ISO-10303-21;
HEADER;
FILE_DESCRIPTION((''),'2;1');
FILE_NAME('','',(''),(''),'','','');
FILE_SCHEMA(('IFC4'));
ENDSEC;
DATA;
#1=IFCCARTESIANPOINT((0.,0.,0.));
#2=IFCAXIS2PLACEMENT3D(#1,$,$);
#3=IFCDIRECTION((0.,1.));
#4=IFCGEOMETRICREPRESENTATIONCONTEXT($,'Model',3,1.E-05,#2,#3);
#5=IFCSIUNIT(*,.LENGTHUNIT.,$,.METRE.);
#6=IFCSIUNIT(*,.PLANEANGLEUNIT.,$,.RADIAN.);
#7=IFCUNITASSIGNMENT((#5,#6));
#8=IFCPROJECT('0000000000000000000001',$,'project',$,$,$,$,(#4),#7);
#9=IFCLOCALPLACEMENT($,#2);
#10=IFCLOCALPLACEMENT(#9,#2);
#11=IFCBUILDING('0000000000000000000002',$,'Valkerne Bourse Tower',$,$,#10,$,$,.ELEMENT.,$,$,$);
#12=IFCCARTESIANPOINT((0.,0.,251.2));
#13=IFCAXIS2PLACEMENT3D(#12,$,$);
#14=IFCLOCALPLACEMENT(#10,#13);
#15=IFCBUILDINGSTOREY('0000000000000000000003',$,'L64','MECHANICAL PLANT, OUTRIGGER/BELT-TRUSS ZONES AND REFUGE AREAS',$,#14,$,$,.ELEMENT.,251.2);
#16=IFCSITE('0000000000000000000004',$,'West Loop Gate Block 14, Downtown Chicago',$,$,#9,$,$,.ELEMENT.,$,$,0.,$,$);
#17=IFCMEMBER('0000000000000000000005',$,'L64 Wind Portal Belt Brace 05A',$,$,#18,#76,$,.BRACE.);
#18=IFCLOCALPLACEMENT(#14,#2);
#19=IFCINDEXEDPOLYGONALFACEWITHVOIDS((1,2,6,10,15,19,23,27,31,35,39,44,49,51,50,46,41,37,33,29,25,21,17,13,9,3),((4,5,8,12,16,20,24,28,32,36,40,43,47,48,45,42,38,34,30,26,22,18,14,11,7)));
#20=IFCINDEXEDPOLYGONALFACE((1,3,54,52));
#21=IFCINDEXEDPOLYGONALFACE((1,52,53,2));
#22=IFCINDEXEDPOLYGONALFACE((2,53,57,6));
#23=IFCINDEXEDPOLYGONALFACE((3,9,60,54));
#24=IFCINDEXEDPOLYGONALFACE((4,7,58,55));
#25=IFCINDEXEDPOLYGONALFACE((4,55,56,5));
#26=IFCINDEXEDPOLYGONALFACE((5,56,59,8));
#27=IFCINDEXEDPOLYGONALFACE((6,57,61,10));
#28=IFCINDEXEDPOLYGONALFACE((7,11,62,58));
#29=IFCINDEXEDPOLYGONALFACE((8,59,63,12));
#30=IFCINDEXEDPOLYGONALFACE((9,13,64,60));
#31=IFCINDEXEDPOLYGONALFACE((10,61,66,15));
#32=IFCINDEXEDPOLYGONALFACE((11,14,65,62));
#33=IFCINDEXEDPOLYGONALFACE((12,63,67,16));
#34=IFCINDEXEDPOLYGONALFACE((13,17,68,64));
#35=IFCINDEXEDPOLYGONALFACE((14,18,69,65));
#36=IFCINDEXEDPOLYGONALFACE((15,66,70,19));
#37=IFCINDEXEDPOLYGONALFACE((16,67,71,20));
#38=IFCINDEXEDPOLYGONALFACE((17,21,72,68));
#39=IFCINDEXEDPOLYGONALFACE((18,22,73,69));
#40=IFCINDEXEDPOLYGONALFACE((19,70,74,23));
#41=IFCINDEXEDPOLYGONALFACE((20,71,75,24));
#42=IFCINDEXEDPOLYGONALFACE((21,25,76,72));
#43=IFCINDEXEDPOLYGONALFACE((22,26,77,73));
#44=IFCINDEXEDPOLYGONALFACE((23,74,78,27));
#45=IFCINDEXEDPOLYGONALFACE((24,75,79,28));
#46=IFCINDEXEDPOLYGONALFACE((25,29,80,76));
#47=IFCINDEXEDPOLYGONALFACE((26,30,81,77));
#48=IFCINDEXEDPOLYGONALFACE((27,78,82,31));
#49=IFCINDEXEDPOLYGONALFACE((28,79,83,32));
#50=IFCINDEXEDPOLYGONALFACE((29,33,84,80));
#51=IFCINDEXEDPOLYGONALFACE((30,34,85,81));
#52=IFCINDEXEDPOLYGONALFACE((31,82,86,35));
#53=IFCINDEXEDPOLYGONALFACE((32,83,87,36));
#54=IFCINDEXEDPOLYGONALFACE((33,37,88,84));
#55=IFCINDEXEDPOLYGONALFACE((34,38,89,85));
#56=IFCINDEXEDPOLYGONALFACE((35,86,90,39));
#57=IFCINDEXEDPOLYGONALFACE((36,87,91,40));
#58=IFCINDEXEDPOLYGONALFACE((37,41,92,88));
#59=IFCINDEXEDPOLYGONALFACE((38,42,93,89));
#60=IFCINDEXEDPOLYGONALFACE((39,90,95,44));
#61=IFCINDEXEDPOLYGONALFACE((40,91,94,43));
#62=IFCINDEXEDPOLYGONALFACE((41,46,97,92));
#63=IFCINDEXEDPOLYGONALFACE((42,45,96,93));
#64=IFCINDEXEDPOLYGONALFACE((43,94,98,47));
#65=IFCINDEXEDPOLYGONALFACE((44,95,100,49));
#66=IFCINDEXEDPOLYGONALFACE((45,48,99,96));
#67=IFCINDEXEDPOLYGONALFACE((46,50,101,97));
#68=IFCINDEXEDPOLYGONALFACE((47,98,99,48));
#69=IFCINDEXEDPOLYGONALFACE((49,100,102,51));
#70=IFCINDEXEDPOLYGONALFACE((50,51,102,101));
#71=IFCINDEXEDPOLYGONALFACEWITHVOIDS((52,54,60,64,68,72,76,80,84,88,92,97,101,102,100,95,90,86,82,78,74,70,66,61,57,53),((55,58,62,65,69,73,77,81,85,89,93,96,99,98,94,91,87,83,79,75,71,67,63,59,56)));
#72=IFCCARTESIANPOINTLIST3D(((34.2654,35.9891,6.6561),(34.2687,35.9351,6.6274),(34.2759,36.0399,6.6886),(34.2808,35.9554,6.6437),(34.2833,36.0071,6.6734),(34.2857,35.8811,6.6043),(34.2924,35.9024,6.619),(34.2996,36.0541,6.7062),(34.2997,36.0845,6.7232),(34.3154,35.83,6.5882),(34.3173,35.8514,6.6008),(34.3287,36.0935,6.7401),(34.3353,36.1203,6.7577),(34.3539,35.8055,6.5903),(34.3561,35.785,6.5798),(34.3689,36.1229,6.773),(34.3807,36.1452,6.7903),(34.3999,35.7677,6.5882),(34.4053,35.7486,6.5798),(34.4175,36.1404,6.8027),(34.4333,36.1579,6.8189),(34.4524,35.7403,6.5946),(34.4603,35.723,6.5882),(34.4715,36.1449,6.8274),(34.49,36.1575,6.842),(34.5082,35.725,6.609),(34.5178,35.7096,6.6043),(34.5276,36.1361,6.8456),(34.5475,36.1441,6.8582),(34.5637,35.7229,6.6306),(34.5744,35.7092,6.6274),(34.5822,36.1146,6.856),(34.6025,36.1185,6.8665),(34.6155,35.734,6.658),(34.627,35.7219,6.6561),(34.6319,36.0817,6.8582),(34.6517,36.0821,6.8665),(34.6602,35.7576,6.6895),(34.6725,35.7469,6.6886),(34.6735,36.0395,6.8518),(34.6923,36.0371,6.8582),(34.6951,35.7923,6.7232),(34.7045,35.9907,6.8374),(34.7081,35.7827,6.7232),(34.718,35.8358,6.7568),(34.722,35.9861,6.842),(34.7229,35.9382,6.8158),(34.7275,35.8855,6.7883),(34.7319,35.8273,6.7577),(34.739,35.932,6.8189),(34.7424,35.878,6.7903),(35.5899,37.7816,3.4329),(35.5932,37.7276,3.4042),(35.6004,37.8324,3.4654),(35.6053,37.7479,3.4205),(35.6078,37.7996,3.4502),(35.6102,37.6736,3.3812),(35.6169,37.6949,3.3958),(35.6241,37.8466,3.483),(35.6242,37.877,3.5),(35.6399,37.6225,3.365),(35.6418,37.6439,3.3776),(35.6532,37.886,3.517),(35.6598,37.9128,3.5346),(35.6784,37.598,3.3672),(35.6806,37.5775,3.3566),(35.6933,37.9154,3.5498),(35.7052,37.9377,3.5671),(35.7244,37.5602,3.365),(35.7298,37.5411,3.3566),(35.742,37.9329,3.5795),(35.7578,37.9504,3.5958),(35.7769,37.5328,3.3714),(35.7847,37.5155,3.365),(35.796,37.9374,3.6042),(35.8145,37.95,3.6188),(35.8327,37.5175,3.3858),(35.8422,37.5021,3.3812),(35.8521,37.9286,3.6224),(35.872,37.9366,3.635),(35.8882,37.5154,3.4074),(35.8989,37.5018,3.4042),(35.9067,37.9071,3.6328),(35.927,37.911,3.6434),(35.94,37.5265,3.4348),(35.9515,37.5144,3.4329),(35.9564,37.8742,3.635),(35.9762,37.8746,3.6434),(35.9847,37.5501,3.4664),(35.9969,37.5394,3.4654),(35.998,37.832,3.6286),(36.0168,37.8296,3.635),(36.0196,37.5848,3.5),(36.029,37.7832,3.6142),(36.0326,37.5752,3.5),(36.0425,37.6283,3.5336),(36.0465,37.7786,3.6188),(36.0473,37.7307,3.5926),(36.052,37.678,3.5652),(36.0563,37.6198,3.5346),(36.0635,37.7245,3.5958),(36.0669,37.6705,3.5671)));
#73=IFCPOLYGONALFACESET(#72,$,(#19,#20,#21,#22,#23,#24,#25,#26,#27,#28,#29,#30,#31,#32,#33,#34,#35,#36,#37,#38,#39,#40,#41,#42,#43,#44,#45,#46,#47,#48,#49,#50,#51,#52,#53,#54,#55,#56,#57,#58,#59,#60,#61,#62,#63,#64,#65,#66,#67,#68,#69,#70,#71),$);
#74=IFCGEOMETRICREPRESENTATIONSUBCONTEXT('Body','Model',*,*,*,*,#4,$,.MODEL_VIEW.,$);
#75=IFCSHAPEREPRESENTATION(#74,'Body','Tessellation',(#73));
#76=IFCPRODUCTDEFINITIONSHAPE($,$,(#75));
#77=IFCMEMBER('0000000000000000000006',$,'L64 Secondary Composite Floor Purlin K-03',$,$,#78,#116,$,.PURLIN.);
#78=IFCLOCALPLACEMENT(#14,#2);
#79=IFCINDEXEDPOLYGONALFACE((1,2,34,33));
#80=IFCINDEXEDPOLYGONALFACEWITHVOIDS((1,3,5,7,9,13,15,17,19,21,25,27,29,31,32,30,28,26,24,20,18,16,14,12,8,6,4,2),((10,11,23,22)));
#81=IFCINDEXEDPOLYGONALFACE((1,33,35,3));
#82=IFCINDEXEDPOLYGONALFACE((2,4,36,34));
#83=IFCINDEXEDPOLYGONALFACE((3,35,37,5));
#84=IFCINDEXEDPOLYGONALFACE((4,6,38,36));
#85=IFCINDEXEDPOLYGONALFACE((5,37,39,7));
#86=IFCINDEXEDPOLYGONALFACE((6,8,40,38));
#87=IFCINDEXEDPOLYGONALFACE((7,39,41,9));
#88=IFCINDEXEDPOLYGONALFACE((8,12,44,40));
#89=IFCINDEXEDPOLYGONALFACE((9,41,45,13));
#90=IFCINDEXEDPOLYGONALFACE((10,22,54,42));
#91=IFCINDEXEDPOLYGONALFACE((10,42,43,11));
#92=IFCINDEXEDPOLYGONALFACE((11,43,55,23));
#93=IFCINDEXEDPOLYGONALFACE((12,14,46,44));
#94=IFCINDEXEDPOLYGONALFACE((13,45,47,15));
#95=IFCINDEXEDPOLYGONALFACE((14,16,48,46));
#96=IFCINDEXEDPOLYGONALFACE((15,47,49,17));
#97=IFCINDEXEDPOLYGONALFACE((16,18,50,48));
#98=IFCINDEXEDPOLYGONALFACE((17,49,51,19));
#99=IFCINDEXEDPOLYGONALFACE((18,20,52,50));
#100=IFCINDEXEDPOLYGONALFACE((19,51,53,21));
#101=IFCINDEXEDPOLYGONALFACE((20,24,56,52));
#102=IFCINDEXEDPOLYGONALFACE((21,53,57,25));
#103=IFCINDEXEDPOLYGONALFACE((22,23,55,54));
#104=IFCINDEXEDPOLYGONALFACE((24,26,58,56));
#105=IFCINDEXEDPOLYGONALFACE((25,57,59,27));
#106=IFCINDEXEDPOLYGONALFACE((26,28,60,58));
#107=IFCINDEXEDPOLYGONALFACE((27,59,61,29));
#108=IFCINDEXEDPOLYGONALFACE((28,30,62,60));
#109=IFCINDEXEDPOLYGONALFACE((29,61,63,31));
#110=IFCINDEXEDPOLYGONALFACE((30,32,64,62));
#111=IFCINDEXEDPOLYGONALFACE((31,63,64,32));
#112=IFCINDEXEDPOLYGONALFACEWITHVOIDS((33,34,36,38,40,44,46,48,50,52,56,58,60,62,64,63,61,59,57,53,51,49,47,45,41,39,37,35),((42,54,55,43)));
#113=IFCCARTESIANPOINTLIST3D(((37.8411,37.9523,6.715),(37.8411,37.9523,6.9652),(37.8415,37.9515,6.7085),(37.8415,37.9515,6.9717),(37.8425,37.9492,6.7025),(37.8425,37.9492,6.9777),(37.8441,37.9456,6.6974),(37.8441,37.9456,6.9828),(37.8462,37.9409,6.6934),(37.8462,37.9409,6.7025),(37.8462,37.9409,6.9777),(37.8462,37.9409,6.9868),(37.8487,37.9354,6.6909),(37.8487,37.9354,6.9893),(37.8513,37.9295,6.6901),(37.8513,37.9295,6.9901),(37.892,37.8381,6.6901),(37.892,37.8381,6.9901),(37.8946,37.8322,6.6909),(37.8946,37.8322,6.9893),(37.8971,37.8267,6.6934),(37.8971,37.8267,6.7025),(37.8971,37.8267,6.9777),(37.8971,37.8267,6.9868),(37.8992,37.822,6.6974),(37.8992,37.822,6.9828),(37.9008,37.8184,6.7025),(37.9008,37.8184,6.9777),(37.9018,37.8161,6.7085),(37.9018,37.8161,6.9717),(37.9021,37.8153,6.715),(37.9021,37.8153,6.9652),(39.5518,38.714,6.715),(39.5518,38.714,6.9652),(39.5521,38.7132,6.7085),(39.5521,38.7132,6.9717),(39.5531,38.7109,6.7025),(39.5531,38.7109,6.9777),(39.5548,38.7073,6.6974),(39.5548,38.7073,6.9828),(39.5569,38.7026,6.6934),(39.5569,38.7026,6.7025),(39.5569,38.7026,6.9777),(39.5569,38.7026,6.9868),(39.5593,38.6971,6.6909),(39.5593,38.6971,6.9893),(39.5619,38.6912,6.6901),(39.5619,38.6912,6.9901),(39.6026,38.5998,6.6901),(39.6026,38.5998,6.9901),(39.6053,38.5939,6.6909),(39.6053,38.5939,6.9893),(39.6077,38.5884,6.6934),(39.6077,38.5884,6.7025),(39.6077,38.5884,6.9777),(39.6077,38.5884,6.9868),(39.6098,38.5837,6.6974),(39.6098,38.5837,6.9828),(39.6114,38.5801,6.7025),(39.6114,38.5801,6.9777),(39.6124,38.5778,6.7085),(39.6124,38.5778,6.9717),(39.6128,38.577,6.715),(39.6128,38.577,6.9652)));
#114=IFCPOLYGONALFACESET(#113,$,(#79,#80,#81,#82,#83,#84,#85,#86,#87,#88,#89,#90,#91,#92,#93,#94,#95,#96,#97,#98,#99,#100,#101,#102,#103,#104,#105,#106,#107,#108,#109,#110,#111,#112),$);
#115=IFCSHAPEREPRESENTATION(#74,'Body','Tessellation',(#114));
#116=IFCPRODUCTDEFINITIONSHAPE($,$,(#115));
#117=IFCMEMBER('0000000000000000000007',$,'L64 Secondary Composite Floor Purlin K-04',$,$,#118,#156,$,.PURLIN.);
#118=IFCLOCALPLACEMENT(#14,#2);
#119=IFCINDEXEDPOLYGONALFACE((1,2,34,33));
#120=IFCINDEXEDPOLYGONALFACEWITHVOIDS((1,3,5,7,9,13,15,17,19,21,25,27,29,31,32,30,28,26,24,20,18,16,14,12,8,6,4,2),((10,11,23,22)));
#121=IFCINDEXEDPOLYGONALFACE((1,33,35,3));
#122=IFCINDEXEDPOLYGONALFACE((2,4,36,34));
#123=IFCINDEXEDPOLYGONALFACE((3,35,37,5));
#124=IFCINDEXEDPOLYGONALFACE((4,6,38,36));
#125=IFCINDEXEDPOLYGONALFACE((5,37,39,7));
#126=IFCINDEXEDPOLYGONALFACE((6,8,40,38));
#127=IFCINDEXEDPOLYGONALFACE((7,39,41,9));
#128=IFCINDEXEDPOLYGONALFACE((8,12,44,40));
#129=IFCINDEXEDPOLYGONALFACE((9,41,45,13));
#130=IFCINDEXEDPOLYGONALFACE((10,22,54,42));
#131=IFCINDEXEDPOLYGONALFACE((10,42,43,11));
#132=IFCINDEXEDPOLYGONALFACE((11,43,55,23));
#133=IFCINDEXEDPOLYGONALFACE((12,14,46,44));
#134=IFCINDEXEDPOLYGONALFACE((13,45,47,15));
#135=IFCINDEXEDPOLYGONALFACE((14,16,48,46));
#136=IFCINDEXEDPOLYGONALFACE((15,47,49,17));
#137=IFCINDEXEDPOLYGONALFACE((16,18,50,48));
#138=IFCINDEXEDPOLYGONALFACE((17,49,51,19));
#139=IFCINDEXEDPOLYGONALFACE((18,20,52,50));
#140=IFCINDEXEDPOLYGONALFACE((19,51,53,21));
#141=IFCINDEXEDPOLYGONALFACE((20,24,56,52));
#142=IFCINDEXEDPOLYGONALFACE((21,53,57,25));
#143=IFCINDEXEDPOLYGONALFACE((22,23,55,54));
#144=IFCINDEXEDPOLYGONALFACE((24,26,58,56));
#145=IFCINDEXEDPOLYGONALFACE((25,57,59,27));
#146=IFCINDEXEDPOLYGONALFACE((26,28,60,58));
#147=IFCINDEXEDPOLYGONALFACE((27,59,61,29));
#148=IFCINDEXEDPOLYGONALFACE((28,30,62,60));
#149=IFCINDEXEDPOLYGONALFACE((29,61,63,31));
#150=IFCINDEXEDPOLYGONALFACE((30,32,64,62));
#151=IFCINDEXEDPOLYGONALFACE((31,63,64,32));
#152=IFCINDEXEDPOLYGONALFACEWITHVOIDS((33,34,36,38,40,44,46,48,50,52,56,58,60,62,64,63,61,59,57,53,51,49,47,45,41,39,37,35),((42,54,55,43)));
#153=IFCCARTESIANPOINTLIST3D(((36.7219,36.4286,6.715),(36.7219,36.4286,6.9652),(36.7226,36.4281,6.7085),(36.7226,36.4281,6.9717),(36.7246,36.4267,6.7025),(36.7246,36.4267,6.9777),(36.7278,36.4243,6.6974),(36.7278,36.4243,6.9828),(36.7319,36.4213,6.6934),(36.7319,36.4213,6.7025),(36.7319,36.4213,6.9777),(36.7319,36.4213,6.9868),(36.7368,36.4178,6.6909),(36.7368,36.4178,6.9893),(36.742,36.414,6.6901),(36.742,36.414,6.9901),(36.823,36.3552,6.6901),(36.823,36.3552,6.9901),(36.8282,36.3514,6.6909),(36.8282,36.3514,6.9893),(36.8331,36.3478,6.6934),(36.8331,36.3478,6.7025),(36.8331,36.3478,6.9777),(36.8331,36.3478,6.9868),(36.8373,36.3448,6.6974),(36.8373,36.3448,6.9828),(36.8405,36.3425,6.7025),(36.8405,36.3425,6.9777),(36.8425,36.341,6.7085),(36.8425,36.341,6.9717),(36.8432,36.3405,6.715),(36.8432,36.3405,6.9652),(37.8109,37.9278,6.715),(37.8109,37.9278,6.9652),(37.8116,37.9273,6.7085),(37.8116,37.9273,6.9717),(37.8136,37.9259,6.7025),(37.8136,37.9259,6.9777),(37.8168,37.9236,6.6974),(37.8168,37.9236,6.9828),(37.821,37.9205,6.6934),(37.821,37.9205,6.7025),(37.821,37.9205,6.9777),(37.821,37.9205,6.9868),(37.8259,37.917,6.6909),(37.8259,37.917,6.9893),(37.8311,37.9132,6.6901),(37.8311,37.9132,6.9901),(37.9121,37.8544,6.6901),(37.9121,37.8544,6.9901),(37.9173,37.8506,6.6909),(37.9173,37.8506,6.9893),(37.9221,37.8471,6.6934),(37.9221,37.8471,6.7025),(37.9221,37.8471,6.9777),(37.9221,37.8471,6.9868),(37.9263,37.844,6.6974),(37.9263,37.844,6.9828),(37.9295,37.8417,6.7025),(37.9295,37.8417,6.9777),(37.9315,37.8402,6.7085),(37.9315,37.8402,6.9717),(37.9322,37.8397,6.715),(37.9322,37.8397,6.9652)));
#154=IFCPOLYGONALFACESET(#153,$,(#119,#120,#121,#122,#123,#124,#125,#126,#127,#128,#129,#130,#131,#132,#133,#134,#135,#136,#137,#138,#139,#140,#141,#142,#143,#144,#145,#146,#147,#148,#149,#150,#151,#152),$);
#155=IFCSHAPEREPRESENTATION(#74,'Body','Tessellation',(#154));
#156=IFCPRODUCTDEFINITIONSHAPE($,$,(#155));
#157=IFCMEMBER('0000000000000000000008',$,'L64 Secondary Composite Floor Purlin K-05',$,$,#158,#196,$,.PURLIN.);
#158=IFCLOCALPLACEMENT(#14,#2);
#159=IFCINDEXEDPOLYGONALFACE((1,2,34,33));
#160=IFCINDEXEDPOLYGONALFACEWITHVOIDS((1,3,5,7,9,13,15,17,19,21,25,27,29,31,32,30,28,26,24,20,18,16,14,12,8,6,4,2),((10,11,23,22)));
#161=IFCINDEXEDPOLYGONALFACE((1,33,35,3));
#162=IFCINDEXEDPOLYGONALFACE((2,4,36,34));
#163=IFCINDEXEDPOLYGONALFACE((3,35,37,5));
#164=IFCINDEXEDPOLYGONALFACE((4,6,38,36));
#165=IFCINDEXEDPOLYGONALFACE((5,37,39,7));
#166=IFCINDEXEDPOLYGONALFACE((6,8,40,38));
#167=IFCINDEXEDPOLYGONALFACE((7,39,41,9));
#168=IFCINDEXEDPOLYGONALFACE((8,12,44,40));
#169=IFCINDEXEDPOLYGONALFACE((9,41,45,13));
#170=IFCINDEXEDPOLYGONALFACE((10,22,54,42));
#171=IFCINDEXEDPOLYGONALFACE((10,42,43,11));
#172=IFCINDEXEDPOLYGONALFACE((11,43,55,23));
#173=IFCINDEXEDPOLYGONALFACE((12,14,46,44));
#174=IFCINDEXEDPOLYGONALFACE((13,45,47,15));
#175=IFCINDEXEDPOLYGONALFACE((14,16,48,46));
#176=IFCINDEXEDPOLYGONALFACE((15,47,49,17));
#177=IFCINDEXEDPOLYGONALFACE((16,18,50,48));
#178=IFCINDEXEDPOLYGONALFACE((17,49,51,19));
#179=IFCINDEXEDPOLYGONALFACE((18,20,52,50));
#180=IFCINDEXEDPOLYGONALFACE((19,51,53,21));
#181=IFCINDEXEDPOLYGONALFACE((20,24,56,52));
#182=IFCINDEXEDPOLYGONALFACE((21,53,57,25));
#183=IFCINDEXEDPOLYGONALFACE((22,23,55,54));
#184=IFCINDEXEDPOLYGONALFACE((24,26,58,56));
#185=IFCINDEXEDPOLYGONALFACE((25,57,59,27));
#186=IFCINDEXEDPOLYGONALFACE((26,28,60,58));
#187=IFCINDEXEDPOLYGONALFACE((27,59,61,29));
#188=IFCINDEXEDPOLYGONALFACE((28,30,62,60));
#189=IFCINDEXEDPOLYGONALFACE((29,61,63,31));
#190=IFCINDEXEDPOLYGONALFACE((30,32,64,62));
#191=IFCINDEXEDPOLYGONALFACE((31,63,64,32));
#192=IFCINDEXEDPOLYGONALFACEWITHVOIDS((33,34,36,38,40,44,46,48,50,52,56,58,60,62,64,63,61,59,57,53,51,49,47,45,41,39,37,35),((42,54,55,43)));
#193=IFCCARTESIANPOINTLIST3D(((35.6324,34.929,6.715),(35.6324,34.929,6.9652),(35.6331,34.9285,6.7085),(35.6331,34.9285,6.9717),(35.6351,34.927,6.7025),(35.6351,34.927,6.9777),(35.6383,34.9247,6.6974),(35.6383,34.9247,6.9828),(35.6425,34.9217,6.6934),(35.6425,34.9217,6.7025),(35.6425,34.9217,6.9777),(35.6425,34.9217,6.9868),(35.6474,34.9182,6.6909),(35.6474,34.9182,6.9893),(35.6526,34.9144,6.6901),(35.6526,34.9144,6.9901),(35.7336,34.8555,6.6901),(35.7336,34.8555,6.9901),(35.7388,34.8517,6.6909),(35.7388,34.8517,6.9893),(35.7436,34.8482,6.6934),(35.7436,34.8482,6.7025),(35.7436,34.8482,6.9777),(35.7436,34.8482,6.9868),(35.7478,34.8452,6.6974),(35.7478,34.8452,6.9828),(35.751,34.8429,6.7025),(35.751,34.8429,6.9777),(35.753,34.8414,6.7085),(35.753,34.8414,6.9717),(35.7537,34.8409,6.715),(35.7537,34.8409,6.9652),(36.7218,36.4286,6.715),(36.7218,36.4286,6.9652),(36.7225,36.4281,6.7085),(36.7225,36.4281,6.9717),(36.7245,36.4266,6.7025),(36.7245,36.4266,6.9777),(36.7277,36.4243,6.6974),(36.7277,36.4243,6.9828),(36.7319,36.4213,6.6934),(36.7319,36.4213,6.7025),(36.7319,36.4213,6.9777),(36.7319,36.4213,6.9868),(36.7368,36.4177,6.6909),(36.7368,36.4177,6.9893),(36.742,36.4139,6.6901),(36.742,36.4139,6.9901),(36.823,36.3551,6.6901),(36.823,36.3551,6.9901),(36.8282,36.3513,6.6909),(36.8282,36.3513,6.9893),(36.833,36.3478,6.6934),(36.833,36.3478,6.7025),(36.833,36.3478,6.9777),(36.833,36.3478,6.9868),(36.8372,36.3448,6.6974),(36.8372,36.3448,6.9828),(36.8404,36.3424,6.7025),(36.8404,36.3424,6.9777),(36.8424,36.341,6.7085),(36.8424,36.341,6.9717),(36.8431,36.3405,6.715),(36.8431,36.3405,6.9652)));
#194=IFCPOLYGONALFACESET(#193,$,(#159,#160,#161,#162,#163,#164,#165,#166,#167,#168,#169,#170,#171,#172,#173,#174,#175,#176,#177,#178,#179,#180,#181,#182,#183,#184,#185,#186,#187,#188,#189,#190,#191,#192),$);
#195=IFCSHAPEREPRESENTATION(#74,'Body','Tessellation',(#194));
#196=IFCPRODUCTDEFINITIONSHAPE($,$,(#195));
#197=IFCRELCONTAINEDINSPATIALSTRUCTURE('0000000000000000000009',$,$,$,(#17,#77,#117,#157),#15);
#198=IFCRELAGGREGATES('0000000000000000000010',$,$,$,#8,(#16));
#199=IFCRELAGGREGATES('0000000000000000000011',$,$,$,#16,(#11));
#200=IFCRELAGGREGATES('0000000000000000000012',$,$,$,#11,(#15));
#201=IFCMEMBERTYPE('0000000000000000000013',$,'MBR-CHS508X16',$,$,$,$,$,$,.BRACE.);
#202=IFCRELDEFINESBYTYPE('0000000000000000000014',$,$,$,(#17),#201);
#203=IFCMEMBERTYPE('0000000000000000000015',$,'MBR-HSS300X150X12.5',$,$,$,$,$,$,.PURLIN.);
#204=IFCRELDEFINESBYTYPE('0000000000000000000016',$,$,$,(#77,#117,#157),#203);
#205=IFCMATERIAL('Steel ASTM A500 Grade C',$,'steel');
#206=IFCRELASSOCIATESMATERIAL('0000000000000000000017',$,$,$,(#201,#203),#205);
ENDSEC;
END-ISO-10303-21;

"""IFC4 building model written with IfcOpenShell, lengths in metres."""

from ifc_helpers import new_model, si_unit, direction, frame, origin, origin_2d, place, context, subcontext, project, spatial, hollow_rectangle, hollow_circle, extrude, material, material_profile, profile_set, type_object, element, save


model = new_model("IFC4")

# Units and contexts
model_context = context("Model", 3, precision=1e-05, world=origin(), true_north=direction((0.0, 1.0)))
body_context = subcontext(model_context, "Body", "Model", "MODEL_VIEW")
ifc_project = project(units=[si_unit("LENGTHUNIT", "METRE"), si_unit("PLANEANGLEUNIT", "RADIAN")], contexts=[model_context])

# Site, building, storey
site_placement = place(None, origin())
site = spatial("IfcSite", under=ifc_project, at=site_placement, Name="West Loop Gate Block 14, Downtown Chicago", CompositionType="ELEMENT", RefElevation=0.0)
building_placement = place(site_placement, origin())
building = spatial("IfcBuilding", under=site, at=building_placement, Name="Valkerne Bourse Tower", CompositionType="ELEMENT")
storey_placement = place(building_placement, frame((0.0, 0.0, 251.2)))
storey = spatial("IfcBuildingStorey", under=building, at=storey_placement, Name="L64", Description="MECHANICAL PLANT, OUTRIGGER/BELT-TRUSS ZONES AND REFUGE AREAS", CompositionType="ELEMENT", Elevation=251.2)

# Members
ifc_material_1 = material(Name="Steel ASTM A500 Grade C", Category="steel")
ifc_material_profile_1 = material_profile(ifc_material_1, hollow_circle(Radius=0.2539, WallThickness=0.0161, at=origin_2d()), Name="CHS508X16")
ifc_profile_set_1 = profile_set([ifc_material_profile_1], Name="Steel ASTM A500 Grade C")
member_type_1 = type_object("IfcMemberType", Name="MBR-CHS508X16", PredefinedType="BRACE", material=ifc_profile_set_1)
member_1_placement = place(storey_placement, frame((35.8284, 37.7261, 3.5), z_axis=(-0.337989, -0.457422, 0.822513), x_axis=(0.804265, -0.594271, 0.0)))
element("IfcMember", 1, at=member_1_placement, inside=storey, type_object=member_type_1, Name="L64 Wind Portal Belt Brace 05A", PredefinedType="BRACE", context=body_context, shape_type="SweptSolid", body=[
    extrude(hollow_circle(Radius=0.2539, WallThickness=0.0161, at=origin_2d()), origin(), (0.0, 0.0, 1.0), 3.9187),
])
ifc_material_profile_2 = material_profile(ifc_material_1, hollow_rectangle(XDim=0.1499, YDim=0.3, WallThickness=0.0125, OuterFilletRadius=0.0249, at=origin_2d()), Name="HSS300X150X12.5")
ifc_profile_set_2 = profile_set([ifc_material_profile_2], Name="Steel ASTM A500 Grade C")
member_type_2 = type_object("IfcMemberType", Name="MBR-HSS300X150X12.5", PredefinedType="PURLIN", material=ifc_profile_set_2)
member_2_placement = place(storey_placement, frame((39.5823, 38.6455, 6.8401), z_axis=(-0.913532, -0.406767, 0.0), x_axis=(0.406767, -0.913532, 0.0)))
element("IfcMember", 2, at=member_2_placement, inside=storey, type_object=member_type_2, Name="L64 Secondary Composite Floor Purlin K-03", PredefinedType="PURLIN", context=body_context, shape_type="SweptSolid", body=[
    extrude(hollow_rectangle(XDim=0.1499, YDim=0.3, WallThickness=0.0125, OuterFilletRadius=0.0249, at=origin_2d()), origin(), (0.0, 0.0, 1.0), 1.8726),
])
member_3_placement = place(storey_placement, frame((37.8716, 37.8838, 6.8401), z_axis=(-0.587725, -0.809061, 0.0), x_axis=(0.809061, -0.587725, 0.0)))
element("IfcMember", 3, at=member_3_placement, inside=storey, type_object=member_type_2, Name="L64 Secondary Composite Floor Purlin K-04", PredefinedType="PURLIN", context=body_context, shape_type="SweptSolid", body=[
    extrude(hollow_rectangle(XDim=0.1499, YDim=0.3, WallThickness=0.0125, OuterFilletRadius=0.0249, at=origin_2d()), origin(), (0.0, 0.0, 1.0), 1.853),
])
member_4_placement = place(storey_placement, frame((36.7825, 36.3845, 6.8401), z_axis=(-0.587749, -0.809044, 0.0), x_axis=(0.809044, -0.587749, 0.0)))
element("IfcMember", 4, at=member_4_placement, inside=storey, type_object=member_type_2, Name="L64 Secondary Composite Floor Purlin K-05", PredefinedType="PURLIN", context=body_context, shape_type="SweptSolid", body=[
    extrude(hollow_rectangle(XDim=0.1499, YDim=0.3, WallThickness=0.0125, OuterFilletRadius=0.0249, at=origin_2d()), origin(), (0.0, 0.0, 1.0), 1.8535),
])

save(model, "model.ifc")
